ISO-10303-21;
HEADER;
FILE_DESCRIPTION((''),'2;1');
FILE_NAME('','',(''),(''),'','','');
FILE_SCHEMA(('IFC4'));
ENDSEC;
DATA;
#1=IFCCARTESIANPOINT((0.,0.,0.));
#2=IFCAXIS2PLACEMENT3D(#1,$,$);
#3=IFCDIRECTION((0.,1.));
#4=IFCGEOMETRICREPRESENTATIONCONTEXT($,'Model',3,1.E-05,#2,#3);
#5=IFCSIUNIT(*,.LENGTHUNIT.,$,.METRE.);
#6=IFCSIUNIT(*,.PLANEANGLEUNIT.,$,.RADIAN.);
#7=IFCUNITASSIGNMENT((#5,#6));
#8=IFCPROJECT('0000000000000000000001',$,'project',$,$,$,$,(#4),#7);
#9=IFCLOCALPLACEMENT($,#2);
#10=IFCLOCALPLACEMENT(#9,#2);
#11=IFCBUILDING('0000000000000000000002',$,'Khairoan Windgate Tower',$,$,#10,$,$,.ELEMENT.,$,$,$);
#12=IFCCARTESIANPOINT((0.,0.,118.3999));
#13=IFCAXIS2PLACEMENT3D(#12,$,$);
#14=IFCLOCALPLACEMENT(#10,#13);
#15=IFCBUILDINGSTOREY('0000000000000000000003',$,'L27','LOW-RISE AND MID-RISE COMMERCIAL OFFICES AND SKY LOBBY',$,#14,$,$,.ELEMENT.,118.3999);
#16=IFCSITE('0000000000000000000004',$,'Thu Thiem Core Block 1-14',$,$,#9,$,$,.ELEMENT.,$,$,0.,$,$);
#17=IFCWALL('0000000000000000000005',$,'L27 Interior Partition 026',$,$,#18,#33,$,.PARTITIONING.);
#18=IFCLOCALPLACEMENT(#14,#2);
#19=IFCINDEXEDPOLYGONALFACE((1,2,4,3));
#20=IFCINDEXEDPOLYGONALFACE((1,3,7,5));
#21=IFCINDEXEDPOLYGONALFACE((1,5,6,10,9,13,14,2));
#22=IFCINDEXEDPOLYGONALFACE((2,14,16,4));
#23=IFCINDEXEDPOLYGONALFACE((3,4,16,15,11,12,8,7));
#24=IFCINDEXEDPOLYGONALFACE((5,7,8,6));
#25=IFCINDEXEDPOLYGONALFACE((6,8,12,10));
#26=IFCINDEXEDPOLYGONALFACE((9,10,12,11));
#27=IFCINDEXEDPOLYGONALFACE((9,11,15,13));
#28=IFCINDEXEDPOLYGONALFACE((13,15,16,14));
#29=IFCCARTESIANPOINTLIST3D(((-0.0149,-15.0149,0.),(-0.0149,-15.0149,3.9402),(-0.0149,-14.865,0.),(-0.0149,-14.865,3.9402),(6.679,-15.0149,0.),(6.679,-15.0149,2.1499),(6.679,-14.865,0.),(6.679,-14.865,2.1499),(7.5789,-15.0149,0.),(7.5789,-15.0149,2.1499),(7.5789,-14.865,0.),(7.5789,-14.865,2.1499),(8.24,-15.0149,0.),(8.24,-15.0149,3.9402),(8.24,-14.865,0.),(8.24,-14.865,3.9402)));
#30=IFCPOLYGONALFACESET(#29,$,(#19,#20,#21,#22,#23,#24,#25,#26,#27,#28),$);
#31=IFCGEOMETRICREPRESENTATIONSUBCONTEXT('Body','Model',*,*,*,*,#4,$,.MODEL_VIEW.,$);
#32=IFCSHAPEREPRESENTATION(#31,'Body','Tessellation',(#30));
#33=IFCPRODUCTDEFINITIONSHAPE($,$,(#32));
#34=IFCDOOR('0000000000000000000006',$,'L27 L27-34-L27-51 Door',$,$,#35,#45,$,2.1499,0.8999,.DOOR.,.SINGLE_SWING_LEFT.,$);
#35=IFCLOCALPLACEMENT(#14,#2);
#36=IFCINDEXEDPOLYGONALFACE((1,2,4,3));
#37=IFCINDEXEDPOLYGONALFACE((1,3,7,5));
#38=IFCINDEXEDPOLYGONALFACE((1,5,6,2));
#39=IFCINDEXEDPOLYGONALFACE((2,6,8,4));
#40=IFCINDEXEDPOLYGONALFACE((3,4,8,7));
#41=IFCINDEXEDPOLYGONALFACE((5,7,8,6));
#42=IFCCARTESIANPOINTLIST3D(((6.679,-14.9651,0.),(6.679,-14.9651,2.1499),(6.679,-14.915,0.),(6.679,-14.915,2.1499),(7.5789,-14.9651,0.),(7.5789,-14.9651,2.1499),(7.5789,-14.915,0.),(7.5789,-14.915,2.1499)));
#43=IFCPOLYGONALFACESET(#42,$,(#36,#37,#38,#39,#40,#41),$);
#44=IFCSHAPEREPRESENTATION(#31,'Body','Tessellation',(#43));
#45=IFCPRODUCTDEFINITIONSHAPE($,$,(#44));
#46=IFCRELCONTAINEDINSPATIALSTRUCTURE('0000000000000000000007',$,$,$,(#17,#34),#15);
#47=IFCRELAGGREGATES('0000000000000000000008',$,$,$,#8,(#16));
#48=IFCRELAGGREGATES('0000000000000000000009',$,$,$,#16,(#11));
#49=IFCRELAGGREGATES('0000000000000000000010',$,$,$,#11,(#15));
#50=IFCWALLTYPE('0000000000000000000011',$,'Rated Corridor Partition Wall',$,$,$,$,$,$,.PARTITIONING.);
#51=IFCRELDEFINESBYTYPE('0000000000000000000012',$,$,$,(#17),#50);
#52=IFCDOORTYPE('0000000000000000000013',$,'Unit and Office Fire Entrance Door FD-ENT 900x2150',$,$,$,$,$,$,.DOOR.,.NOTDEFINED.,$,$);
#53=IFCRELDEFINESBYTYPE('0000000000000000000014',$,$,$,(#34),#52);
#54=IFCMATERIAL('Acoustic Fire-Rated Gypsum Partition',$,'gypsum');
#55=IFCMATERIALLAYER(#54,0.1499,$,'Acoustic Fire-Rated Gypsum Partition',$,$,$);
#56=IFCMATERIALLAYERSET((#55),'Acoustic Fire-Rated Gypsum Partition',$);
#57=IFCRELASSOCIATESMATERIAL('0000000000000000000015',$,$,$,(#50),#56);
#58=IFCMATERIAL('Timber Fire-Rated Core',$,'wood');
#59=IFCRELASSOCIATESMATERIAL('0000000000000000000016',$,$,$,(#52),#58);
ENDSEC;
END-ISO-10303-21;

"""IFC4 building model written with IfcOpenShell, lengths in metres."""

from ifc_helpers import new_model, si_unit, direction, frame, frame_2d, origin, place, context, subcontext, project, spatial, rectangle, extrude, material, layer, layer_set, type_object, element, fill, save


model = new_model("IFC4")

# Units and contexts
model_context = context("Model", 3, precision=1e-05, world=origin(), true_north=direction((0.0, 1.0)))
body_context = subcontext(model_context, "Body", "Model", "MODEL_VIEW")
ifc_project = project(units=[si_unit("LENGTHUNIT", "METRE"), si_unit("PLANEANGLEUNIT", "RADIAN")], contexts=[model_context])

# Site, building, storey
site_placement = place(None, origin())
site = spatial("IfcSite", under=ifc_project, at=site_placement, Name="Thu Thiem Core Block 1-14", CompositionType="ELEMENT", RefElevation=0.0)
building_placement = place(site_placement, origin())
building = spatial("IfcBuilding", under=site, at=building_placement, Name="Khairoan Windgate Tower", CompositionType="ELEMENT")
storey_placement = place(building_placement, frame((0.0, 0.0, 118.3999)))
storey = spatial("IfcBuildingStorey", under=building, at=storey_placement, Name="L27", Description="LOW-RISE AND MID-RISE COMMERCIAL OFFICES AND SKY LOBBY", CompositionType="ELEMENT", Elevation=118.3999)

# Wall, opening, door
ifc_material_1 = material(Name="Acoustic Fire-Rated Gypsum Partition", Category="gypsum")
ifc_layer_1 = layer(ifc_material_1, 0.1499, Name="Acoustic Fire-Rated Gypsum Partition")
ifc_layer_set_1 = layer_set([ifc_layer_1], Name="Acoustic Fire-Rated Gypsum Partition")
wall_type_1 = type_object("IfcWallType", Name="Rated Corridor Partition Wall", PredefinedType="PARTITIONING", material=ifc_layer_set_1)
ifc_material_2 = material(Name="Timber Fire-Rated Core", Category="wood")
door_type = type_object("IfcDoorType", Name="Unit and Office Fire Entrance Door FD-ENT 900x2150", OperationType="NOTDEFINED", PredefinedType="DOOR", material=ifc_material_2)
wall_1_placement = place(storey_placement, frame((-0.0149, -14.9399, 0.0), z_axis=(0.0, 0.0, 1.0), x_axis=(1.0, 0.0, 0.0)))
wall_1 = element("IfcWall", 1, at=wall_1_placement, inside=storey, type_object=wall_type_1, Name="L27 Interior Partition 026", PredefinedType="PARTITIONING", context=body_context, shape_type="SweptSolid", body=[
    extrude(rectangle(XDim=8.2549, YDim=0.1499, at=frame_2d((4.1274, 0.0))), origin(), (0.0, 0.0, 1.0), 3.9402),
])
opening_1_placement = place(wall_1_placement, frame((6.6938, 0.0, 0.0)))
opening_1 = element("IfcOpeningElement", 2, at=opening_1_placement, cuts=wall_1, PredefinedType="OPENING", context=body_context, shape_type="SweptSolid", body=[
    extrude(rectangle(XDim=0.8999, YDim=2.1499, at=frame_2d((0.45, 1.075))), frame((0.0, 0.085, 0.0), z_axis=(0.0, -1.0, 0.0), x_axis=(1.0, 0.0, 0.0)), (0.0, 0.0, 1.0), 0.1699),
])
door_1_placement = place(opening_1_placement, origin())
door_1 = element("IfcDoor", 3, at=door_1_placement, inside=storey, type_object=door_type, Name="L27 L27-34-L27-51 Door", OperationType="SINGLE_SWING_LEFT", OverallHeight=2.1499, OverallWidth=0.8999, PredefinedType="DOOR", context=body_context, shape_type="SweptSolid", body=[
    extrude(rectangle(XDim=0.8999, YDim=2.1499, at=frame_2d((0.45, 1.075))), frame((0.0, 0.0249, 0.0), z_axis=(0.0, -1.0, 0.0), x_axis=(1.0, 0.0, 0.0)), (0.0, 0.0, 1.0), 0.05),
])
fill(opening_1, door_1)

save(model, "model.ifc")
